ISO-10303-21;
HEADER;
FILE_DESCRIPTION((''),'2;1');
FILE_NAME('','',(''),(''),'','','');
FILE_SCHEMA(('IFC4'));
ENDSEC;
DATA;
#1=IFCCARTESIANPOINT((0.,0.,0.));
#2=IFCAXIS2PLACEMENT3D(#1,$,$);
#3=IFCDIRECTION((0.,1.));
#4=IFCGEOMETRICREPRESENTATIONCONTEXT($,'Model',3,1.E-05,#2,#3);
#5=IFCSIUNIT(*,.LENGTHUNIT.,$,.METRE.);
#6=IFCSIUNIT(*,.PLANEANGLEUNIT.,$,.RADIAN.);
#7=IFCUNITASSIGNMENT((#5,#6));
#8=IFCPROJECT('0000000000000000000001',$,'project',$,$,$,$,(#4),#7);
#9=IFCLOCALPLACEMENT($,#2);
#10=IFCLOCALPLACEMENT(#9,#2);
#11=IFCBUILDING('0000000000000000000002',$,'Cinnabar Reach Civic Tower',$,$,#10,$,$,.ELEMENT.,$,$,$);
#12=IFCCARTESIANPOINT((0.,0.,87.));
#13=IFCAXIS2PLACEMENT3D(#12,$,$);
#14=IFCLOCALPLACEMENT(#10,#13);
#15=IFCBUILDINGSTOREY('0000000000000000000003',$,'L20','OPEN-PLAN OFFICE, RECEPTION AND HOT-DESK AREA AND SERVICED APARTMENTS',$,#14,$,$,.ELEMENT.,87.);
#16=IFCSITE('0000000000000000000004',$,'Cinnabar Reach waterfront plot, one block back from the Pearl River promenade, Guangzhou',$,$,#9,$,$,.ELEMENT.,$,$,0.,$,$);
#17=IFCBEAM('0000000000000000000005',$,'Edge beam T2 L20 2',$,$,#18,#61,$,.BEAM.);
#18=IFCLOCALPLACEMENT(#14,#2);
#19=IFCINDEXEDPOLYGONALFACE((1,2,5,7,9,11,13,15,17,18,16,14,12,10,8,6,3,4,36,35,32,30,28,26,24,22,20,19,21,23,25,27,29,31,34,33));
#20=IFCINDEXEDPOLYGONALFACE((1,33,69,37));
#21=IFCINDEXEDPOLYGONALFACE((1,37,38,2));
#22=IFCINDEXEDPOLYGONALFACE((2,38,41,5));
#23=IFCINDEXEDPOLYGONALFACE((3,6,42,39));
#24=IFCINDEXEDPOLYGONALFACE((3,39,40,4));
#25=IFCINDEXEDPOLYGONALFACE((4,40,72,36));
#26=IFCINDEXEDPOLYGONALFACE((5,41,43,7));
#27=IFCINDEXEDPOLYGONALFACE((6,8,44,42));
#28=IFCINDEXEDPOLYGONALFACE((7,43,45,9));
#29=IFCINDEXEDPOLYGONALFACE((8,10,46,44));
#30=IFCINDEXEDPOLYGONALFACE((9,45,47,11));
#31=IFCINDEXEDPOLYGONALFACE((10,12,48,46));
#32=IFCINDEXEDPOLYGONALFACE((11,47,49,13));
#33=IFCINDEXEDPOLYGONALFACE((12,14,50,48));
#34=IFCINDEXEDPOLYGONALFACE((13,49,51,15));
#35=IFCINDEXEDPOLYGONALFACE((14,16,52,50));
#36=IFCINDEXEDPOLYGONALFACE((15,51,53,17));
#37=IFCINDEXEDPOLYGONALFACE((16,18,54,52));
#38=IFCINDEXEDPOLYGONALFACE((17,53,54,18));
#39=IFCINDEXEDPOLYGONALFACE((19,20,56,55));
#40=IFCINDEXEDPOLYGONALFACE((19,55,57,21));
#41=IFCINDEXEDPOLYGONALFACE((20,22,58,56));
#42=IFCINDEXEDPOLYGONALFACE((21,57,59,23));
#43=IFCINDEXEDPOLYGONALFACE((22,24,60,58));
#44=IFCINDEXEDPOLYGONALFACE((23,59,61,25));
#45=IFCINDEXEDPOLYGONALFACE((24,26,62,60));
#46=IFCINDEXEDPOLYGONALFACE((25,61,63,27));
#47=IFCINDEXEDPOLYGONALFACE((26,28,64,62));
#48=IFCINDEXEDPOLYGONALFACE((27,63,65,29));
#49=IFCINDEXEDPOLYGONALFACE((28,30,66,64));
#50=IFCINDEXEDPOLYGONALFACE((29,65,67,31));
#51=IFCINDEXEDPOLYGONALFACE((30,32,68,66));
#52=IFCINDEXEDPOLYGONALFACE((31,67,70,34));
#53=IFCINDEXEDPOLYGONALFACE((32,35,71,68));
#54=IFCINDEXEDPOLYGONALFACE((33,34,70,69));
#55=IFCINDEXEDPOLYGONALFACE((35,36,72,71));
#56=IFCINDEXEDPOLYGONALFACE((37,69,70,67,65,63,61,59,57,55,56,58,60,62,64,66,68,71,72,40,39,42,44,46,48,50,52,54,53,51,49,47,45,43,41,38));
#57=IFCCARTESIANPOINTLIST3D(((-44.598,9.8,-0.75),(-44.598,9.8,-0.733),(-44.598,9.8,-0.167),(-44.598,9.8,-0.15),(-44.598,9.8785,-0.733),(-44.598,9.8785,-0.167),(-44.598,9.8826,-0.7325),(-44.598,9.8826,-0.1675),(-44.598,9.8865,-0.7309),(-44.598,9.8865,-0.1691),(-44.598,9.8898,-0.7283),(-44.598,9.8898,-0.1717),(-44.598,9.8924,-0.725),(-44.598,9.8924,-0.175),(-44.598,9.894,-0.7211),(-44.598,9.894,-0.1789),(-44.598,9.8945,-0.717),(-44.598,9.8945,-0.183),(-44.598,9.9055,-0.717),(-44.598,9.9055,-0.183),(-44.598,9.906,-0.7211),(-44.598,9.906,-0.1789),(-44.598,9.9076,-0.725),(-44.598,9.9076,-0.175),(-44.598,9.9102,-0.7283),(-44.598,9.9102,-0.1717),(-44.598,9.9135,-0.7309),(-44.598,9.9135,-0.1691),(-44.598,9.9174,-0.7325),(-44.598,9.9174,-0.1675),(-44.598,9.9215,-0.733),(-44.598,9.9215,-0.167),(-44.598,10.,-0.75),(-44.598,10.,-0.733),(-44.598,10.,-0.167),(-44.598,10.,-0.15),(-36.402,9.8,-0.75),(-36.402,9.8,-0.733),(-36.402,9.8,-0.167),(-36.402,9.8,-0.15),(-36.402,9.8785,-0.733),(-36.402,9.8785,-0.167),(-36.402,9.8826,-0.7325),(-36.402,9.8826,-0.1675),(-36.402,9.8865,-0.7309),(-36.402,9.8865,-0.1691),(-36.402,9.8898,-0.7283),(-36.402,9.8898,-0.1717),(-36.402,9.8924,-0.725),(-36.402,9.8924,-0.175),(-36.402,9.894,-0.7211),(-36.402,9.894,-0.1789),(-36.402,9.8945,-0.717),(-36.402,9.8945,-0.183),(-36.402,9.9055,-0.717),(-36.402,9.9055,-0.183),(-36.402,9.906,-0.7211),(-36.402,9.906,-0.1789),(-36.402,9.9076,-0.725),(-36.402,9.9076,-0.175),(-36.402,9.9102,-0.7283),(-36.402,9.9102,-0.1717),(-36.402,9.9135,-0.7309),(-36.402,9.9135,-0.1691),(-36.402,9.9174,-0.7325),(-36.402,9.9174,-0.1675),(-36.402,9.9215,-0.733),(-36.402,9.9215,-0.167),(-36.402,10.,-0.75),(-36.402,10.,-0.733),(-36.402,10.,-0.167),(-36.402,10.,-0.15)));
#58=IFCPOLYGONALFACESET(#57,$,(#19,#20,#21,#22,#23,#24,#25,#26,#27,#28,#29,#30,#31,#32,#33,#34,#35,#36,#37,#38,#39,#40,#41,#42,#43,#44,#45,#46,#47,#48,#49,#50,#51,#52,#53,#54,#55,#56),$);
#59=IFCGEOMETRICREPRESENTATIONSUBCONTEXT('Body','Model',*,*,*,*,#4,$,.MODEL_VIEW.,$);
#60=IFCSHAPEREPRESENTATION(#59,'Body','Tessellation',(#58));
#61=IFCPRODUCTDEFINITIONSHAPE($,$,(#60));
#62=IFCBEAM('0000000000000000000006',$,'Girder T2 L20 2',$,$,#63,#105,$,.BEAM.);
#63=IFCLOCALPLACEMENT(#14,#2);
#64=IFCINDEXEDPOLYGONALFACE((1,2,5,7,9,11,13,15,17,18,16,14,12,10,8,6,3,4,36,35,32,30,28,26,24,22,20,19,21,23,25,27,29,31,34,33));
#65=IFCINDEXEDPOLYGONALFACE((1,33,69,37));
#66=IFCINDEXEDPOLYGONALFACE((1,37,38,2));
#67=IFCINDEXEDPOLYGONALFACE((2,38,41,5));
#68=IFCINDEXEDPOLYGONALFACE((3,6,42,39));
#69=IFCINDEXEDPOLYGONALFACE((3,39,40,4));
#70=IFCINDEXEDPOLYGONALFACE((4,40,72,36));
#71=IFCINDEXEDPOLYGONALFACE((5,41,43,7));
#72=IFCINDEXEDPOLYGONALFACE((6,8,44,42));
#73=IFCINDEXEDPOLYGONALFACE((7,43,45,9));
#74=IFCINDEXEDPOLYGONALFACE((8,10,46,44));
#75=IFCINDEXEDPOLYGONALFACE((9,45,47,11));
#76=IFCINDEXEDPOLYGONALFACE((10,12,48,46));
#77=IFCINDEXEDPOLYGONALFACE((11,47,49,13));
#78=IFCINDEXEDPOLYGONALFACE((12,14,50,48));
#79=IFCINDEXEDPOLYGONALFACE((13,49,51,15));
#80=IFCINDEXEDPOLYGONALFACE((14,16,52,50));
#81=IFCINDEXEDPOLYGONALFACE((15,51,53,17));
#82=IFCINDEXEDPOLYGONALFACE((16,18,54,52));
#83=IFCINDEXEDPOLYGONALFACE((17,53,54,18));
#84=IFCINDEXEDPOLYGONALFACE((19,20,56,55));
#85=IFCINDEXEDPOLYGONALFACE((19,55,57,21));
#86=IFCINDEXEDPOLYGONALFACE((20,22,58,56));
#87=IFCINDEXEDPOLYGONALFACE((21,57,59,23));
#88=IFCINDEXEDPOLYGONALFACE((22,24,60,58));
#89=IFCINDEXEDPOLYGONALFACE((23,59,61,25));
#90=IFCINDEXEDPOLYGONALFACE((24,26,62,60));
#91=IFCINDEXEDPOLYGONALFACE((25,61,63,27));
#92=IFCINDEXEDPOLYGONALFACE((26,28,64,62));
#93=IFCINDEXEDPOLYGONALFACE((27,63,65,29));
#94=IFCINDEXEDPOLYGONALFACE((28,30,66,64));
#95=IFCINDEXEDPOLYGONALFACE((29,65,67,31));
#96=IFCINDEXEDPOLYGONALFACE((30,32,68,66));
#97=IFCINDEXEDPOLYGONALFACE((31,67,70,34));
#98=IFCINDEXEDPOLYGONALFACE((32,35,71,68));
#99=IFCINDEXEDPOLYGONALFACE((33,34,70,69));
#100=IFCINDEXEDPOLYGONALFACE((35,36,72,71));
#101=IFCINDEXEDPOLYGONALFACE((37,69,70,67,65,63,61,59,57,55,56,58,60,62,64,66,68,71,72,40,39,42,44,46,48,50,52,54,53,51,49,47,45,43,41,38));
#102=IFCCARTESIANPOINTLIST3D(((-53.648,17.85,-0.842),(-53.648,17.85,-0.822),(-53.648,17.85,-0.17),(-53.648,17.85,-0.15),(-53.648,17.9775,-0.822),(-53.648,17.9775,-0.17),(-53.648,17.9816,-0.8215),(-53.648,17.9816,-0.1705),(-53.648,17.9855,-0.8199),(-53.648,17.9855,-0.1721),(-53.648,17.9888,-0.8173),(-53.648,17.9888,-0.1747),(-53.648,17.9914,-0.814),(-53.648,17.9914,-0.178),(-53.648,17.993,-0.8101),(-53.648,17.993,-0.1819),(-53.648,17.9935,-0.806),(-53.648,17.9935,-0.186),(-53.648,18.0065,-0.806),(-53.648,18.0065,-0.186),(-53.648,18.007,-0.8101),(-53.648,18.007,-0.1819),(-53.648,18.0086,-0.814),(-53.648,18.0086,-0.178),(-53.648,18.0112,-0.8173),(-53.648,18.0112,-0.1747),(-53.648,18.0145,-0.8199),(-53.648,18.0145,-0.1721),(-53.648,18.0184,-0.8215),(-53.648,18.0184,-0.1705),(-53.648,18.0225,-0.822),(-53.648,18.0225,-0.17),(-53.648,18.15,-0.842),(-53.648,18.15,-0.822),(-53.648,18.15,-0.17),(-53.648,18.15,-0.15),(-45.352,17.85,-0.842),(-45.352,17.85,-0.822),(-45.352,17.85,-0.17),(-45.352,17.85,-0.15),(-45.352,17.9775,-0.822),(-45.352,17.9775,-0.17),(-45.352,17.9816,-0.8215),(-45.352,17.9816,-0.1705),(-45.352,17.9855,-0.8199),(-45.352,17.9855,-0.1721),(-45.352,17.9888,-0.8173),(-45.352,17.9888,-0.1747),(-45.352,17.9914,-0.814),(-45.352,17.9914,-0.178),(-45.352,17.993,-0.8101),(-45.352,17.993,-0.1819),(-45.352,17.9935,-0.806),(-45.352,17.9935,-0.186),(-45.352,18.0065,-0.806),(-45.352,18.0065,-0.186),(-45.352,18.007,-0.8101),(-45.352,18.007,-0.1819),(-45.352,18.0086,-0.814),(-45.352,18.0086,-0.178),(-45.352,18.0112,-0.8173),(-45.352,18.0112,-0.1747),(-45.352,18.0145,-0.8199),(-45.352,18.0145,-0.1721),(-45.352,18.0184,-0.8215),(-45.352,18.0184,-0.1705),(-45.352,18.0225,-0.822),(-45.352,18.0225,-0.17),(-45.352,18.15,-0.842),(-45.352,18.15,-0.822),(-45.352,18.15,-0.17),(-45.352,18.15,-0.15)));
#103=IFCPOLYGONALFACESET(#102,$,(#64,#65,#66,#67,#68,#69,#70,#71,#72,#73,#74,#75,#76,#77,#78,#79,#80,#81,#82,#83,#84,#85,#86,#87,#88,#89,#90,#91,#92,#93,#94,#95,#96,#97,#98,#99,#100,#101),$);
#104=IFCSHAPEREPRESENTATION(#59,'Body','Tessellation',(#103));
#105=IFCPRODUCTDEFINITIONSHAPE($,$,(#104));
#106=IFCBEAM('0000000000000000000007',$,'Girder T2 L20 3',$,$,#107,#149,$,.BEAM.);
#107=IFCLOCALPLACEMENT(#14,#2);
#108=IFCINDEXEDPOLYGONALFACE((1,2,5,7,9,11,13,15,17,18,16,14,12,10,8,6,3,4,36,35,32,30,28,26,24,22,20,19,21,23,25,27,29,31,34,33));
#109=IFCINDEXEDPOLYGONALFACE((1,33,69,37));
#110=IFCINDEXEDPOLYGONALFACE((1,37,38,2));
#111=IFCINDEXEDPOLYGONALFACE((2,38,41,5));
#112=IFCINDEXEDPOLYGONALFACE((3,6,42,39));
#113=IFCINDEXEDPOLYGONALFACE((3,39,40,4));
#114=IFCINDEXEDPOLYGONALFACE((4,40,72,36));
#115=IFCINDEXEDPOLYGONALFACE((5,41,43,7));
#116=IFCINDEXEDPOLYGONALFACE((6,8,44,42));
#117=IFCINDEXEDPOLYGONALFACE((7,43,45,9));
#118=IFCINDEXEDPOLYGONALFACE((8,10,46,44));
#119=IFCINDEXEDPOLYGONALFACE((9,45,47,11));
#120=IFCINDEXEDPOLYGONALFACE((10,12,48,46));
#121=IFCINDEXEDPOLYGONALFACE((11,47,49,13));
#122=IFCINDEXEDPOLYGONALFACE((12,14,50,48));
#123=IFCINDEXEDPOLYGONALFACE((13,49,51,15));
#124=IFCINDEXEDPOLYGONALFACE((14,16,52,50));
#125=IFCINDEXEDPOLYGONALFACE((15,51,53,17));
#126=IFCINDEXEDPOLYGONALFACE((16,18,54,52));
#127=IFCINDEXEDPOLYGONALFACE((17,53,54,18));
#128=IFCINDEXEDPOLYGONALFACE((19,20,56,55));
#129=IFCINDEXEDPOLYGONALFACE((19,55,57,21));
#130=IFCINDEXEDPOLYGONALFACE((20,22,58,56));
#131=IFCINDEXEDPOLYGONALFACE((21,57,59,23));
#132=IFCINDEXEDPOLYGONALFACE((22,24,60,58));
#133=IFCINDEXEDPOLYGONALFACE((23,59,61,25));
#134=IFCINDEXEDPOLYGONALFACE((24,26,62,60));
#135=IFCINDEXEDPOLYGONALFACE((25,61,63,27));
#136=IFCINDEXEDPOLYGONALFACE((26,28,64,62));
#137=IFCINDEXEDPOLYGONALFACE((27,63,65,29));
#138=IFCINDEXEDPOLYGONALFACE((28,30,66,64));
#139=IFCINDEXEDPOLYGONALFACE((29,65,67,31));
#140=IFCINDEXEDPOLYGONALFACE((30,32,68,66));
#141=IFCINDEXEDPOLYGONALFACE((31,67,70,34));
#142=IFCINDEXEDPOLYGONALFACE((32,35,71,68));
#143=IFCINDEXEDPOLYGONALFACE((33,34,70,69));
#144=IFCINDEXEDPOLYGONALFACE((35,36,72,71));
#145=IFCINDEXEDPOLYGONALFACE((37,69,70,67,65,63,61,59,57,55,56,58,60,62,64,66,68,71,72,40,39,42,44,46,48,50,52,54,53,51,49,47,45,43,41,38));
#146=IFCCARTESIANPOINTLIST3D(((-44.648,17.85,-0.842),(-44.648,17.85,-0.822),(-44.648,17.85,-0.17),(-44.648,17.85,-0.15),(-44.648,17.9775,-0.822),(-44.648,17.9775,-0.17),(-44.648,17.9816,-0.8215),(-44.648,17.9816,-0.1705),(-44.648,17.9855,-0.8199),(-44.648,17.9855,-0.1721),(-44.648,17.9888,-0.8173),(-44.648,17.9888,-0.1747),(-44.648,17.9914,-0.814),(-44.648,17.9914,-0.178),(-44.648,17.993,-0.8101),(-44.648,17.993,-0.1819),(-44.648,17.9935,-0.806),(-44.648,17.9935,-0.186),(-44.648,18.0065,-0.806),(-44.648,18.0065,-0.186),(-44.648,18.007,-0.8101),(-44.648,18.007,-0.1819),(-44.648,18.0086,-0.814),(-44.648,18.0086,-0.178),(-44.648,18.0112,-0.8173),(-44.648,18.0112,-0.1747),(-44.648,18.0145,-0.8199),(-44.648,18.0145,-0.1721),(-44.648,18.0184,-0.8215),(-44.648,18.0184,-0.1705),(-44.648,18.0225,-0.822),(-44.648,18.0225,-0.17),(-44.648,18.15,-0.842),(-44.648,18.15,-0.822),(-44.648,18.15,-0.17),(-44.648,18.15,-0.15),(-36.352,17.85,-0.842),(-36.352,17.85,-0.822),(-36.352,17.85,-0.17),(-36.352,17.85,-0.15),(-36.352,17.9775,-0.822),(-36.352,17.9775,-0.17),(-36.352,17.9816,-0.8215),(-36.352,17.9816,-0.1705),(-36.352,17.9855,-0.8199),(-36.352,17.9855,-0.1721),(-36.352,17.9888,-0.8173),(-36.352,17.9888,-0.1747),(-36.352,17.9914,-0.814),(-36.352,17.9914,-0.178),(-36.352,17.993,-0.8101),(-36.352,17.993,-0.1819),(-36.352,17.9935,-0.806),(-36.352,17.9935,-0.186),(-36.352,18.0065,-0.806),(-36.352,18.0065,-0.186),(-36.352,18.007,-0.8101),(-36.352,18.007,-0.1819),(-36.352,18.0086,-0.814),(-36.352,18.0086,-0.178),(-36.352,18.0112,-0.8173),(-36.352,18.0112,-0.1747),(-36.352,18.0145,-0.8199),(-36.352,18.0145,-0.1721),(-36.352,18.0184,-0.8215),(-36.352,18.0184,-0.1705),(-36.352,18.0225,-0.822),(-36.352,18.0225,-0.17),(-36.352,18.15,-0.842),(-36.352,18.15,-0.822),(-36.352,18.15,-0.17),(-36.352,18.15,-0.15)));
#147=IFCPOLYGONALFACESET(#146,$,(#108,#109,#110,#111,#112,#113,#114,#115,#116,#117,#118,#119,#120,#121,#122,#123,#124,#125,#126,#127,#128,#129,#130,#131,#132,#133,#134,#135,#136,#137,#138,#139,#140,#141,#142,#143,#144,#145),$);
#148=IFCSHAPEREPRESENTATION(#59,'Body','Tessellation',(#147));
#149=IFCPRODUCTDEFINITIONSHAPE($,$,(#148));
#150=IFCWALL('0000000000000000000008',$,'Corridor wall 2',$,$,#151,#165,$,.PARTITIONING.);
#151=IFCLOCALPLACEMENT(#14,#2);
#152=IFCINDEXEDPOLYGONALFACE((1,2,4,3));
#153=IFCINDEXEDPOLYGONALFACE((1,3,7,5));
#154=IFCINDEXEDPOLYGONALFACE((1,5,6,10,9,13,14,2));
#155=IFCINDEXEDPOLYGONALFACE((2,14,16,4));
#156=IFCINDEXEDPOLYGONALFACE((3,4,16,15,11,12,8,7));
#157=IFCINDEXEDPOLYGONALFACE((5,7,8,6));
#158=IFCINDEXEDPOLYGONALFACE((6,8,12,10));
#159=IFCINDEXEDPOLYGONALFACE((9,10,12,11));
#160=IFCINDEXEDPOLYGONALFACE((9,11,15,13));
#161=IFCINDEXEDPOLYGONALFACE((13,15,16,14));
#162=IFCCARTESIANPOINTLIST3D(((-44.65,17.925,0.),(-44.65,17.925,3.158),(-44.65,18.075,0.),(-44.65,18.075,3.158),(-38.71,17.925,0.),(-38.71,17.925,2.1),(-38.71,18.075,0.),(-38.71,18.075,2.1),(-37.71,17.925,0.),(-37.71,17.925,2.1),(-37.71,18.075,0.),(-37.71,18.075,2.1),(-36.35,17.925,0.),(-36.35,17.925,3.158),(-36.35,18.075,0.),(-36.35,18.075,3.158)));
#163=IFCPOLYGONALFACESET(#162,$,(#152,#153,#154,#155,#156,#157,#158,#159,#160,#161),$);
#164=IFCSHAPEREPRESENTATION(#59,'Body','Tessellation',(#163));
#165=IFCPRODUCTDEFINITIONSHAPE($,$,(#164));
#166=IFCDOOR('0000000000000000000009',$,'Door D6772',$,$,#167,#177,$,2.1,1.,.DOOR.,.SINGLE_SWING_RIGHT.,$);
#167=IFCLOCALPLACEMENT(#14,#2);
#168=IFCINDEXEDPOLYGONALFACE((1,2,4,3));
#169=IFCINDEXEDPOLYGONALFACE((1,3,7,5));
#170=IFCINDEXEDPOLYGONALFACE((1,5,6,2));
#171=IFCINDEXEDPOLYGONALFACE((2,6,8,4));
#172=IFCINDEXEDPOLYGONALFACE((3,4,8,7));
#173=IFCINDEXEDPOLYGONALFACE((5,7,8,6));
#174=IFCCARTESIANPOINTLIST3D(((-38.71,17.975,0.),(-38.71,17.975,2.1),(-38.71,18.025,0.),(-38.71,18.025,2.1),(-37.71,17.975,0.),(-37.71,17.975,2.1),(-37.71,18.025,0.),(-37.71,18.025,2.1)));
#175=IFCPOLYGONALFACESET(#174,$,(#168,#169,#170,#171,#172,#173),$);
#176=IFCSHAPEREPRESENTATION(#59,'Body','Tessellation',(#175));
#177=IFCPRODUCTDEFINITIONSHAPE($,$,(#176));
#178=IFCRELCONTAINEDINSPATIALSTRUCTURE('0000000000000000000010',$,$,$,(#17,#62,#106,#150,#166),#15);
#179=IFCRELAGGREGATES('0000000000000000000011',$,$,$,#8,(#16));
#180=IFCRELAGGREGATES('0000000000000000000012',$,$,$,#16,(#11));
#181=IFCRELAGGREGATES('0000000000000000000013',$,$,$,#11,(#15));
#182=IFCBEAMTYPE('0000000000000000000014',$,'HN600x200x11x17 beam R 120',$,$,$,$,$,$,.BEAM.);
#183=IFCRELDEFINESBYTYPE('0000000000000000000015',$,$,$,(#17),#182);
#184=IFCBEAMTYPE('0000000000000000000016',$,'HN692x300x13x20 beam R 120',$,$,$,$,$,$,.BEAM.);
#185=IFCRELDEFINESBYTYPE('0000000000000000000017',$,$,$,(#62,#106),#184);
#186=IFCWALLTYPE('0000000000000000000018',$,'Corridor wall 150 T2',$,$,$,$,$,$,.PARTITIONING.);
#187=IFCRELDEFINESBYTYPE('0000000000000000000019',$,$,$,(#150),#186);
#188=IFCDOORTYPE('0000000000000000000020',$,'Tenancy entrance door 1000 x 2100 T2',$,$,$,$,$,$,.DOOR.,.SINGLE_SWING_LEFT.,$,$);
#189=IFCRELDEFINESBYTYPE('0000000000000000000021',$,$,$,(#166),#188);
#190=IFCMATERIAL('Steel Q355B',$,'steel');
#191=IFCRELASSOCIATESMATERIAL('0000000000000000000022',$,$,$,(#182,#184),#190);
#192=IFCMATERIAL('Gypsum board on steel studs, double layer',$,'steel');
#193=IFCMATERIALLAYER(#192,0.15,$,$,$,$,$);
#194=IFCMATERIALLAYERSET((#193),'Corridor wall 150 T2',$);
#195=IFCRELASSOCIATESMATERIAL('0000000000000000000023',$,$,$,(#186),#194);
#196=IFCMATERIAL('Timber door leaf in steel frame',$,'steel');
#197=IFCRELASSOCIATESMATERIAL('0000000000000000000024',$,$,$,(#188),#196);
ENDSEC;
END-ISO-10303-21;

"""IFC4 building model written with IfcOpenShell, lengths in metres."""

from ifc_helpers import new_model, si_unit, direction, frame, frame_2d, origin, origin_2d, place, context, subcontext, project, spatial, rectangle, i_section, extrude, material, layer, layer_set, material_profile, profile_set, type_object, element, fill, save


model = new_model("IFC4")

# Units and contexts
model_context = context("Model", 3, precision=1e-05, world=origin(), true_north=direction((0.0, 1.0)))
body_context = subcontext(model_context, "Body", "Model", "MODEL_VIEW")
ifc_project = project(units=[si_unit("LENGTHUNIT", "METRE"), si_unit("PLANEANGLEUNIT", "RADIAN")], contexts=[model_context])

# Site, building, storey
site_placement = place(None, origin())
site = spatial("IfcSite", under=ifc_project, at=site_placement, Name="Cinnabar Reach waterfront plot, one block back from the Pearl River promenade, Guangzhou", CompositionType="ELEMENT", RefElevation=0.0)
building_placement = place(site_placement, origin())
building = spatial("IfcBuilding", under=site, at=building_placement, Name="Cinnabar Reach Civic Tower", CompositionType="ELEMENT")
storey_placement = place(building_placement, frame((0.0, 0.0, 87.0)))
storey = spatial("IfcBuildingStorey", under=building, at=storey_placement, Name="L20", Description="OPEN-PLAN OFFICE, RECEPTION AND HOT-DESK AREA AND SERVICED APARTMENTS", CompositionType="ELEMENT", Elevation=87.0)

# Beams
ifc_material_1 = material(Name="Steel Q355B", Category="steel")
ifc_material_profile_1 = material_profile(ifc_material_1, i_section(OverallWidth=0.2, OverallDepth=0.6, WebThickness=0.011, FlangeThickness=0.017, FilletRadius=0.016, at=origin_2d()), Name="HN600x200x11x17")
ifc_profile_set_1 = profile_set([ifc_material_profile_1], Name="Steel Q355B")
beam_type_1 = type_object("IfcBeamType", Name="HN600x200x11x17 beam R 120", PredefinedType="BEAM", material=ifc_profile_set_1)
beam_1_placement = place(storey_placement, frame((-44.598, 9.9, -0.45), z_axis=(1.0, 0.0, 0.0), x_axis=(0.0, 1.0, 0.0)))
element("IfcBeam", 1, at=beam_1_placement, inside=storey, type_object=beam_type_1, Name="Edge beam T2 L20 2", PredefinedType="BEAM", context=body_context, shape_type="SweptSolid", body=[
    extrude(i_section(OverallWidth=0.2, OverallDepth=0.6, WebThickness=0.011, FlangeThickness=0.017, FilletRadius=0.016, at=origin_2d()), origin(), (0.0, 0.0, 1.0), 8.196),
])
ifc_material_profile_2 = material_profile(ifc_material_1, i_section(OverallWidth=0.3, OverallDepth=0.692, WebThickness=0.013, FlangeThickness=0.02, FilletRadius=0.016, at=origin_2d()), Name="HN692x300x13x20")
ifc_profile_set_2 = profile_set([ifc_material_profile_2], Name="Steel Q355B")
beam_type_2 = type_object("IfcBeamType", Name="HN692x300x13x20 beam R 120", PredefinedType="BEAM", material=ifc_profile_set_2)
for number, where, z_axis, x_axis, name in (
    (2, (-53.648, 18.0, -0.496), (1.0, 0.0, 0.0), (0.0, 1.0, 0.0), "Girder T2 L20 2"),
    (3, (-44.648, 18.0, -0.496), (1.0, 0.0, 0.0), (0.0, 1.0, 0.0), "Girder T2 L20 3"),
):
    element("IfcBeam", number, at=place(storey_placement, frame(where, z_axis=z_axis, x_axis=x_axis)), inside=storey, type_object=beam_type_2, Name=name, PredefinedType="BEAM", context=body_context, shape_type="SweptSolid", body=[
        extrude(i_section(OverallWidth=0.3, OverallDepth=0.692, WebThickness=0.013, FlangeThickness=0.02, FilletRadius=0.016, at=origin_2d()), origin(), (0.0, 0.0, 1.0), 8.296),
    ])

# Wall, opening, door
ifc_material_2 = material(Name="Gypsum board on steel studs, double layer", Category="steel")
ifc_layer_1 = layer(ifc_material_2, 0.15)
ifc_layer_set_1 = layer_set([ifc_layer_1], Name="Corridor wall 150 T2")
wall_type_1 = type_object("IfcWallType", Name="Corridor wall 150 T2", PredefinedType="PARTITIONING", material=ifc_layer_set_1)
wall_1_placement = place(storey_placement, frame((-44.65, 18.0, 0.0), z_axis=(0.0, 0.0, 1.0), x_axis=(1.0, 0.0, 0.0)))
wall_1 = element("IfcWall", 4, at=wall_1_placement, inside=storey, type_object=wall_type_1, Name="Corridor wall 2", PredefinedType="PARTITIONING", context=body_context, shape_type="SweptSolid", body=[
    extrude(rectangle(XDim=8.3, YDim=0.15, at=frame_2d((4.15, 0.0))), origin(), (0.0, 0.0, 1.0), 3.158),
])
opening_1_placement = place(wall_1_placement, frame((5.94, 0.0, 0.0)))
opening_1 = element("IfcOpeningElement", 5, at=opening_1_placement, cuts=wall_1, PredefinedType="OPENING", context=body_context, shape_type="SweptSolid", body=[
    extrude(rectangle(XDim=1.0, YDim=2.1, at=frame_2d((0.5, 1.05))), frame((0.0, 0.085, 0.0), z_axis=(0.0, -1.0, 0.0), x_axis=(1.0, 0.0, 0.0)), (0.0, 0.0, 1.0), 0.17),
])
ifc_material_3 = material(Name="Timber door leaf in steel frame", Category="steel")
door_type_1 = type_object("IfcDoorType", Name="Tenancy entrance door 1000 x 2100 T2", OperationType="SINGLE_SWING_LEFT", PredefinedType="DOOR", material=ifc_material_3)
door_1_placement = place(opening_1_placement, frame((1.0, 0.0, 0.0), z_axis=(0.0, 0.0, 1.0), x_axis=(-1.0, 0.0, 0.0)))
door_1 = element("IfcDoor", 6, at=door_1_placement, inside=storey, type_object=door_type_1, Name="Door D6772", OperationType="SINGLE_SWING_RIGHT", OverallHeight=2.1, OverallWidth=1.0, PredefinedType="DOOR", context=body_context, shape_type="SweptSolid", body=[
    extrude(rectangle(XDim=1.0, YDim=2.1, at=frame_2d((0.5, 1.05))), frame((0.0, 0.025, 0.0), z_axis=(0.0, -1.0, 0.0), x_axis=(1.0, 0.0, 0.0)), (0.0, 0.0, 1.0), 0.05),
])
fill(opening_1, door_1)

save(model, "model.ifc")
